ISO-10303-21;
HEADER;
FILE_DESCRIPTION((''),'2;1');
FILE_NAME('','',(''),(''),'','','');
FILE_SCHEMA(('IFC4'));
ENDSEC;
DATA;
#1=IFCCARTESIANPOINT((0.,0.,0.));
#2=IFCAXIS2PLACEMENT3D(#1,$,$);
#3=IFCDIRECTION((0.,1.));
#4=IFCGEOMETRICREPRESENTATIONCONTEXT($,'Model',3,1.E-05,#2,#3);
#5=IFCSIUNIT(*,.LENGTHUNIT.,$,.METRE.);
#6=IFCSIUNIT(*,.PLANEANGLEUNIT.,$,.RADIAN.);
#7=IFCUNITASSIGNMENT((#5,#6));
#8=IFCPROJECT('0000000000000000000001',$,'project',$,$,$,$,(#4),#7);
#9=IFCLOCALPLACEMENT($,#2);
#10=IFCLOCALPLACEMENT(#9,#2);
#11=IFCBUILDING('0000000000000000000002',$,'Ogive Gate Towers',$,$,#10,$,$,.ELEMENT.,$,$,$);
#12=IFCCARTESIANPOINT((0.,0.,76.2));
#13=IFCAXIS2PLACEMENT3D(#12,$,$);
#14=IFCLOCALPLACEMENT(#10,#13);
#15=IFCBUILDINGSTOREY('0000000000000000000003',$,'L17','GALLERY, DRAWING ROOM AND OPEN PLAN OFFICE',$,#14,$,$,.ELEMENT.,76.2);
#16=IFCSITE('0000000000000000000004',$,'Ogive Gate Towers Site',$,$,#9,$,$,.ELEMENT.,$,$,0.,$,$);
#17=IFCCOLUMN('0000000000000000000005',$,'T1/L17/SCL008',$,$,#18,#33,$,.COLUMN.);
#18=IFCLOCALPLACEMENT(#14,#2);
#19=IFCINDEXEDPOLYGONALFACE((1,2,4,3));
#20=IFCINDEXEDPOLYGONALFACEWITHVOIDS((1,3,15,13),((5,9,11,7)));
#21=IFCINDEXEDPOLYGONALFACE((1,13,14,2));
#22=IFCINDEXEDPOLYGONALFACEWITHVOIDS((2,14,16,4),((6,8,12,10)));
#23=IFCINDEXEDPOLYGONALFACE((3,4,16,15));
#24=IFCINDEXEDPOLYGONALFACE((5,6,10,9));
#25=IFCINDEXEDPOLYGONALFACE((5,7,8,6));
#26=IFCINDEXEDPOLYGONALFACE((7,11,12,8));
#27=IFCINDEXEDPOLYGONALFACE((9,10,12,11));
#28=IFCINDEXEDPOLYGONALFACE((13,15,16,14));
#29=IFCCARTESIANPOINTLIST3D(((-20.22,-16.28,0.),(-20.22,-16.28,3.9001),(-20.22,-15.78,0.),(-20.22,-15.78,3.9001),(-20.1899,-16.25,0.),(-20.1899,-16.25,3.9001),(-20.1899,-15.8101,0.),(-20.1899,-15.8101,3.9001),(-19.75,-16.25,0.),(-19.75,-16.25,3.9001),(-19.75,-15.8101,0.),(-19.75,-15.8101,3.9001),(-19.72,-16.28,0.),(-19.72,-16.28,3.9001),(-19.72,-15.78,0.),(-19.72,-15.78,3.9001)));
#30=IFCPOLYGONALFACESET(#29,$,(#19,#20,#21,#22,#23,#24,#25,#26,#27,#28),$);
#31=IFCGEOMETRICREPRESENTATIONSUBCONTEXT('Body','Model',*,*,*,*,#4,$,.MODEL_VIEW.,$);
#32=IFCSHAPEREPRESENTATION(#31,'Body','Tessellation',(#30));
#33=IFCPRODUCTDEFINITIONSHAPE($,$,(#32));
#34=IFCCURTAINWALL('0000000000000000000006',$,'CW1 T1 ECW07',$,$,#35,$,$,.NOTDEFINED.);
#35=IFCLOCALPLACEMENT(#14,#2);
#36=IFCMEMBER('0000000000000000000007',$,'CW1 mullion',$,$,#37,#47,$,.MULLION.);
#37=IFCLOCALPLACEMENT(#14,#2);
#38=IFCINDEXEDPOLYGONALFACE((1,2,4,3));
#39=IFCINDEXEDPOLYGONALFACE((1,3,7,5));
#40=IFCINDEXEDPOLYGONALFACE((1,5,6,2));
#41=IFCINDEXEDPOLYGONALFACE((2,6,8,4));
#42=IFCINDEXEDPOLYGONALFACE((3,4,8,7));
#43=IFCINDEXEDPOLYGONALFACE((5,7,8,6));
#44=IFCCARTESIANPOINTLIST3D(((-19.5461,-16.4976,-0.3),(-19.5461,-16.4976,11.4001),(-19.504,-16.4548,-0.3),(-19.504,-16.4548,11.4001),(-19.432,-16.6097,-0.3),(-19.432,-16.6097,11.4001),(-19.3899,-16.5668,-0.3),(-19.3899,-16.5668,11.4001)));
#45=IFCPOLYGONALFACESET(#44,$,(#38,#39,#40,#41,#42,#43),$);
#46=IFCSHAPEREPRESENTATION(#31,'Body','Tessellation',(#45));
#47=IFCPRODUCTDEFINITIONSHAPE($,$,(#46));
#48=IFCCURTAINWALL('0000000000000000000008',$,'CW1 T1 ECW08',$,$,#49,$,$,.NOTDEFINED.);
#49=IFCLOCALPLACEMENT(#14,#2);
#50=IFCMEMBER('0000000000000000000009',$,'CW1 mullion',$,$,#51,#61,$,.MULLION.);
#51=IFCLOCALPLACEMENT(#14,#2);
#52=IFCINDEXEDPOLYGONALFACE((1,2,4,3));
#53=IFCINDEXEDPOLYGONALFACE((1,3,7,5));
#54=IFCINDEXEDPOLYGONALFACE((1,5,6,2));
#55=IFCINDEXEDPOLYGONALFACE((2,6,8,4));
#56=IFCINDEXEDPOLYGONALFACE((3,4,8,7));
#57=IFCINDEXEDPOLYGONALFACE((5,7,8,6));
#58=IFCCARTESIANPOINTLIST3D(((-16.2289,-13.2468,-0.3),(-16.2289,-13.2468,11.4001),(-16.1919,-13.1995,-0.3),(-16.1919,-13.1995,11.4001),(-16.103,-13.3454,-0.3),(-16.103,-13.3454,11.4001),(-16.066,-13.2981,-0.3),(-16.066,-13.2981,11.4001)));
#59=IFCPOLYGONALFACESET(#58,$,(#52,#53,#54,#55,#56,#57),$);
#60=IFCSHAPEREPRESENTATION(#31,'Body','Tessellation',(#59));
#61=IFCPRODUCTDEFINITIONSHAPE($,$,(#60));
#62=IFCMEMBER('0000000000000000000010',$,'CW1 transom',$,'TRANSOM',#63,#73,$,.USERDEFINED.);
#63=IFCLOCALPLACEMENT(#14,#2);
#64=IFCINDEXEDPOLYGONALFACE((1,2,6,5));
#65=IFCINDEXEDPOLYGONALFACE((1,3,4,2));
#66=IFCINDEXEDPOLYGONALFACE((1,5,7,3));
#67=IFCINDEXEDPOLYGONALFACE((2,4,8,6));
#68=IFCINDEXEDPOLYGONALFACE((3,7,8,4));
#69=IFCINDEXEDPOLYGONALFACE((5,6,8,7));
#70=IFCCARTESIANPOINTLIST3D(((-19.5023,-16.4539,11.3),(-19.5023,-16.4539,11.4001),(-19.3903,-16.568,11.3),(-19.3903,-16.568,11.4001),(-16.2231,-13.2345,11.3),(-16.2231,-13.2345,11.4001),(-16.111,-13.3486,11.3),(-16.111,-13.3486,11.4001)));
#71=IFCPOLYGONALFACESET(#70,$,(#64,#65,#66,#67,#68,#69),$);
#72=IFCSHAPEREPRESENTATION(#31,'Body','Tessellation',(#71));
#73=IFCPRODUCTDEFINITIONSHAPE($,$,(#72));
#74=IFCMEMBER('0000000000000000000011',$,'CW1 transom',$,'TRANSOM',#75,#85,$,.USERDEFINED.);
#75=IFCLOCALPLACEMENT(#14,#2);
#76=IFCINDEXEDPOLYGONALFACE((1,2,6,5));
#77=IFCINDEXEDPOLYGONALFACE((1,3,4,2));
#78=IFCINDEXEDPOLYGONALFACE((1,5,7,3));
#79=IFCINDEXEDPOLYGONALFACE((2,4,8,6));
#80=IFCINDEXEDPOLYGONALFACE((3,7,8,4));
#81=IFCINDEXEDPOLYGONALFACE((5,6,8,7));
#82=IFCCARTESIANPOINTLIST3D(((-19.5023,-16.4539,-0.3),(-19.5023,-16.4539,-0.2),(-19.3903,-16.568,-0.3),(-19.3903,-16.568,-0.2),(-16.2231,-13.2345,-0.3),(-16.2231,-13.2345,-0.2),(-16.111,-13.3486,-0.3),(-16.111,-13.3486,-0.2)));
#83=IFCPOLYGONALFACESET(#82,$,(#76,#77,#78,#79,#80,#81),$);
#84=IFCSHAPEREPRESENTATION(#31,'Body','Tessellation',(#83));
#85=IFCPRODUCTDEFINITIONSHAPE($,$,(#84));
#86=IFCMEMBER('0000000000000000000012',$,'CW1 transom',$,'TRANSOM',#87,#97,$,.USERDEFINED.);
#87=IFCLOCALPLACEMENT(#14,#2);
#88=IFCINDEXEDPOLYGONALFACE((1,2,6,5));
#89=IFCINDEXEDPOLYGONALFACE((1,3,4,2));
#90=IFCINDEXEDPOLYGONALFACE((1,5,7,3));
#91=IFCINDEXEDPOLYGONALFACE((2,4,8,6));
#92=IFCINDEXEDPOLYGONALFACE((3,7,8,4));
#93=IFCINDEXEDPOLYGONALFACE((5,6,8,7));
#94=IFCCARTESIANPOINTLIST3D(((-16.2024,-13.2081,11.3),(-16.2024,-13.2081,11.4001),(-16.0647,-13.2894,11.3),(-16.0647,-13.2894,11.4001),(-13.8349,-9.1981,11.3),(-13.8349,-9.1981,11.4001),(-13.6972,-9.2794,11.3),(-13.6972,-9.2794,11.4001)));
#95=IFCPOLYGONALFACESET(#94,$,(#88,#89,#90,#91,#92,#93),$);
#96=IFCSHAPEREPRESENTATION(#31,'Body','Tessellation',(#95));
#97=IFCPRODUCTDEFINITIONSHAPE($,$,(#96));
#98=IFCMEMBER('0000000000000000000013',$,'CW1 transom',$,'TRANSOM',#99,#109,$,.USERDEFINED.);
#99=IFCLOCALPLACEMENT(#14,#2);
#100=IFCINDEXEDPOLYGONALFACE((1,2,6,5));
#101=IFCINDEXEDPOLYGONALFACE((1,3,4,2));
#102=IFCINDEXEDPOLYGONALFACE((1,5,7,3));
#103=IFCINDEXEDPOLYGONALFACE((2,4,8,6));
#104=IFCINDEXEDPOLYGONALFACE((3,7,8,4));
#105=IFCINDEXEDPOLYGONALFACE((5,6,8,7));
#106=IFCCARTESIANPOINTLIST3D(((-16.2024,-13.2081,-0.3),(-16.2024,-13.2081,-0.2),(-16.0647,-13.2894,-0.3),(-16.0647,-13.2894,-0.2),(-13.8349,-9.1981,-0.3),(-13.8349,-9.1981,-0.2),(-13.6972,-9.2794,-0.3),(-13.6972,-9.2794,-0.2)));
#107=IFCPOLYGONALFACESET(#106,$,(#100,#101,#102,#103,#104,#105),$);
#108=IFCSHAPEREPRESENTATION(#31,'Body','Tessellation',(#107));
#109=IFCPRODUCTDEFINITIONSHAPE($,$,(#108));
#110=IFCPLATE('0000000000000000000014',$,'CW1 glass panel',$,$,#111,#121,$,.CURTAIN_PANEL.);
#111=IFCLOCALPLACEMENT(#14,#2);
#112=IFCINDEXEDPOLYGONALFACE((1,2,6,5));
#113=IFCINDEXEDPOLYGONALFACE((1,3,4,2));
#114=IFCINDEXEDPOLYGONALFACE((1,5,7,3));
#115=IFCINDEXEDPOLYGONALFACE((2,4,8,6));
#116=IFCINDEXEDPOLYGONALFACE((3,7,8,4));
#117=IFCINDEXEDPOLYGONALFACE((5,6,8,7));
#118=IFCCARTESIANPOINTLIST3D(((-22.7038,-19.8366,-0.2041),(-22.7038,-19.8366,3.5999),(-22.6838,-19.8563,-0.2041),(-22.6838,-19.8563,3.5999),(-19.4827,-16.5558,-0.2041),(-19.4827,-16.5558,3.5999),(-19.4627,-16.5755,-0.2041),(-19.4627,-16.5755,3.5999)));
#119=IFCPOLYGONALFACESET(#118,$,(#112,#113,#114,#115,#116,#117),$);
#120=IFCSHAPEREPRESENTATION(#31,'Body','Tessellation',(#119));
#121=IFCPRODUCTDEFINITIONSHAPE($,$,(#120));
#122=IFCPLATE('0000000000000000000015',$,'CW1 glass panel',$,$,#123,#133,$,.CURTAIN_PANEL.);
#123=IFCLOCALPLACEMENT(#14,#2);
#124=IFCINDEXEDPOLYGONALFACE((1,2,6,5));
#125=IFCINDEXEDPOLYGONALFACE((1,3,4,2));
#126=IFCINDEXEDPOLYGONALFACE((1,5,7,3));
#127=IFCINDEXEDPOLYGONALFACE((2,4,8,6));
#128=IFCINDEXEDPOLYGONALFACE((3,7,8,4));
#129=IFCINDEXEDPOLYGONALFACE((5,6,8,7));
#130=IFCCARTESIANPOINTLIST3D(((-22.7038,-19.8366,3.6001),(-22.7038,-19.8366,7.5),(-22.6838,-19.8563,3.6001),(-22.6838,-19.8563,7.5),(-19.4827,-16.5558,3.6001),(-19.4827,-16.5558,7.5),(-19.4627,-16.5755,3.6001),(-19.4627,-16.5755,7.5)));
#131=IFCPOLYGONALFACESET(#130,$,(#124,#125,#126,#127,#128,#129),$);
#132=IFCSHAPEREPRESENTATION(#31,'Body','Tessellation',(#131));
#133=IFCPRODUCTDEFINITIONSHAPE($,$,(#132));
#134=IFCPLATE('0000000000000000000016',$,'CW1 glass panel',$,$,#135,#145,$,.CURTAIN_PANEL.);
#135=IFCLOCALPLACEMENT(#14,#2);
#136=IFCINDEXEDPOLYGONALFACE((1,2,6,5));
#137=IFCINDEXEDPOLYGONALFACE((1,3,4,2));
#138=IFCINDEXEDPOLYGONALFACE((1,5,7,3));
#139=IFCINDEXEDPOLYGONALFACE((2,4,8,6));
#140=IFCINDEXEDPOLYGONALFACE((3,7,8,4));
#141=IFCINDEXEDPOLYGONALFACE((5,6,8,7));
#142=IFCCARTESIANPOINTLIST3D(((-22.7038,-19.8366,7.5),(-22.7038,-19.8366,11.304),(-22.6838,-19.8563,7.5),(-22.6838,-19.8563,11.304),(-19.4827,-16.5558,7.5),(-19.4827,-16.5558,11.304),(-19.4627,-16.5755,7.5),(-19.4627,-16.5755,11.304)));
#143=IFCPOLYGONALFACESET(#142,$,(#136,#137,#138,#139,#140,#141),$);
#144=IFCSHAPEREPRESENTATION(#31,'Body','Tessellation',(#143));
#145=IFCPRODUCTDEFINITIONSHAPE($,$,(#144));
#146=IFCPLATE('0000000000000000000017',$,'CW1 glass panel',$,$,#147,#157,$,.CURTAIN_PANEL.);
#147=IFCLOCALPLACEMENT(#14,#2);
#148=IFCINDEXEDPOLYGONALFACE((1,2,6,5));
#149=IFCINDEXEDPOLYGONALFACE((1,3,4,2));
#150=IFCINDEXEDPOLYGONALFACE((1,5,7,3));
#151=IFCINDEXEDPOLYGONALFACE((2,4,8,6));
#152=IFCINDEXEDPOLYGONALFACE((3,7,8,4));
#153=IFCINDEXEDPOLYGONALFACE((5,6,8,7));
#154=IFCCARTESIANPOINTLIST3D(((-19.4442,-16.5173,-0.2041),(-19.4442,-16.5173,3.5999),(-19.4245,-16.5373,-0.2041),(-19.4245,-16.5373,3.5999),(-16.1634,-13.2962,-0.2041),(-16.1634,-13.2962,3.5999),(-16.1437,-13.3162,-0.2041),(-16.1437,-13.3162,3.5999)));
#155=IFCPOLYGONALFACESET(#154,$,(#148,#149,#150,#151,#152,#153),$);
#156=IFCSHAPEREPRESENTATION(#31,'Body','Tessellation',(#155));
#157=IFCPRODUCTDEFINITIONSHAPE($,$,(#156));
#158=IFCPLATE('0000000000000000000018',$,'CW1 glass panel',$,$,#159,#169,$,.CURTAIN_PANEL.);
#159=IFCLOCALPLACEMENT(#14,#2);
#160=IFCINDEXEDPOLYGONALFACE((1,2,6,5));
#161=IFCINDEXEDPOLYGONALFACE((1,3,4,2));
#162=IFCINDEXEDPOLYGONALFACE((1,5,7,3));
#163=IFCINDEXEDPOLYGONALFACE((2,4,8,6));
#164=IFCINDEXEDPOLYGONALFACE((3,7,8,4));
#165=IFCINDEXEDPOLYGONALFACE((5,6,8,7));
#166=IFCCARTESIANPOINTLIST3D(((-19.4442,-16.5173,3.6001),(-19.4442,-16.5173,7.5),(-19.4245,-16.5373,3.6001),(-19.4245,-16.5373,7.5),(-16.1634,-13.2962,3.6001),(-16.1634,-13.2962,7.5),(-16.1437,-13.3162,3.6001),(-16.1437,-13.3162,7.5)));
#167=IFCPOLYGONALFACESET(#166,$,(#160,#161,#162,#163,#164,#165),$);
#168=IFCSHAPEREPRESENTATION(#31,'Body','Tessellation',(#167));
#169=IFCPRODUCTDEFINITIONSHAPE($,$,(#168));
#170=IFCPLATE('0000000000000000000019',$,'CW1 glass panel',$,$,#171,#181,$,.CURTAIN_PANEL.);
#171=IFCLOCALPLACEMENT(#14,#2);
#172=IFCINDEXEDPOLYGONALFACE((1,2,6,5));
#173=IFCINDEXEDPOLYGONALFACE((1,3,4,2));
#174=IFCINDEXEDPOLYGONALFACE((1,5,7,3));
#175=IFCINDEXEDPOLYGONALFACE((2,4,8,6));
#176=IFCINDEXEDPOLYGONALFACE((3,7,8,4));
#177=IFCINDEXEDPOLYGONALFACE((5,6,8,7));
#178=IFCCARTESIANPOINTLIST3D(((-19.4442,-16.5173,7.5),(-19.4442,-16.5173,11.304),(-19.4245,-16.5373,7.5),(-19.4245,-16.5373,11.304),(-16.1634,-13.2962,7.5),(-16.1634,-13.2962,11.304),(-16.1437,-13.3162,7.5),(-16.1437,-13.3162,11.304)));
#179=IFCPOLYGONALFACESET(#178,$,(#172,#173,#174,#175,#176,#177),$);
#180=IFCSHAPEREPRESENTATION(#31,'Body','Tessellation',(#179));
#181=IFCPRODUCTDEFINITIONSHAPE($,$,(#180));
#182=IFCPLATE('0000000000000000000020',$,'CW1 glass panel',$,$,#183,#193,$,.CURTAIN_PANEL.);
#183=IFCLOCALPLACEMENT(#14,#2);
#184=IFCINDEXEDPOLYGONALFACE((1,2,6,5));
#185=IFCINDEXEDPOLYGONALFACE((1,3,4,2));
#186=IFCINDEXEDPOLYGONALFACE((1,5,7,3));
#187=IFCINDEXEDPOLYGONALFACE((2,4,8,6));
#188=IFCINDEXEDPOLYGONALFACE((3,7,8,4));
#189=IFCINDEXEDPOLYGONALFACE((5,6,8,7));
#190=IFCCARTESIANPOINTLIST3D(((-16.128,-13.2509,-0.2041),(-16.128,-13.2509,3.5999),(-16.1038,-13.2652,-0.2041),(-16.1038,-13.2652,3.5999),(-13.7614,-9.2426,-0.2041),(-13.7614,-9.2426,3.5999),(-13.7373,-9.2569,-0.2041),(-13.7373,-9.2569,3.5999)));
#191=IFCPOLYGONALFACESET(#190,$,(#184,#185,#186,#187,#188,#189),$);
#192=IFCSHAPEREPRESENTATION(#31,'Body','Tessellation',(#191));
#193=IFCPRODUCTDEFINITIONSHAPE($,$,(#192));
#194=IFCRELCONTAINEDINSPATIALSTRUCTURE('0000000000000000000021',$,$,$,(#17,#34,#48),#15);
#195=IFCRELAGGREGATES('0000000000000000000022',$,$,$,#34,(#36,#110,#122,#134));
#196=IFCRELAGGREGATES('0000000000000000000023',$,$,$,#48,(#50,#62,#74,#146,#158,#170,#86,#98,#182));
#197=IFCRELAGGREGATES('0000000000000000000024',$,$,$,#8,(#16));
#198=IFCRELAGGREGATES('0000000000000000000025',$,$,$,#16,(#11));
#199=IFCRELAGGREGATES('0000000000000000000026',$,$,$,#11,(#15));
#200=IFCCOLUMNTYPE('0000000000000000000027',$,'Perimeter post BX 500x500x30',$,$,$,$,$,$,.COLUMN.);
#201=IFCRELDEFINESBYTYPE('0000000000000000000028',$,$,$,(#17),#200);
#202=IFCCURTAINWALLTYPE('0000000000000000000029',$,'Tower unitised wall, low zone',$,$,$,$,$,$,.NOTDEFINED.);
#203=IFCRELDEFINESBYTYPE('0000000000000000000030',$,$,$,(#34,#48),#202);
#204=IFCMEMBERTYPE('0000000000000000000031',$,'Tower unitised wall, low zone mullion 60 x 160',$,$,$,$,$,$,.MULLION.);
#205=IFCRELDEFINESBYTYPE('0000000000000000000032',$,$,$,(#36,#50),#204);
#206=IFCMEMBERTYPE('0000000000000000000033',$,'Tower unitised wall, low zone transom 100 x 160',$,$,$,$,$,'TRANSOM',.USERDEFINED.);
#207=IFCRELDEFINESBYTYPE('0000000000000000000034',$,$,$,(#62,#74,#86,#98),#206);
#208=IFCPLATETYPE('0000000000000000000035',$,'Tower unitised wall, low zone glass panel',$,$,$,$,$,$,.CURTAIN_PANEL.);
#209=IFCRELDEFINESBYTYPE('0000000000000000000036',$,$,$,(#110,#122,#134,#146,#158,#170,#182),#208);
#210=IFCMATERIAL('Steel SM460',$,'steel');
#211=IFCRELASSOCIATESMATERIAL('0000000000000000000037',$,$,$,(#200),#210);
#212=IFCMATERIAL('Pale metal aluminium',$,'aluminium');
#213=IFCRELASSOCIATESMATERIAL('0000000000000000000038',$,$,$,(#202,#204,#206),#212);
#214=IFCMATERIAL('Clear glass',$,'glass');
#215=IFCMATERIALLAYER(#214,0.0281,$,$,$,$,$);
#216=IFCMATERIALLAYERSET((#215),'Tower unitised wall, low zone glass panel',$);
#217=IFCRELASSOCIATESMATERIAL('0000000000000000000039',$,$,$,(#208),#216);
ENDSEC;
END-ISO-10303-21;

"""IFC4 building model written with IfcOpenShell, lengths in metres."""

from ifc_helpers import new_model, si_unit, direction, frame, origin, origin_2d, place, context, subcontext, project, spatial, rectangle, hollow_rectangle, extrude, material, layer, layer_set, material_profile, profile_set, type_object, element, aggregate, save


model = new_model("IFC4")

# Units and contexts
model_context = context("Model", 3, precision=1e-05, world=origin(), true_north=direction((0.0, 1.0)))
body_context = subcontext(model_context, "Body", "Model", "MODEL_VIEW")
ifc_project = project(units=[si_unit("LENGTHUNIT", "METRE"), si_unit("PLANEANGLEUNIT", "RADIAN")], contexts=[model_context])

# Site, building, storey
site_placement = place(None, origin())
site = spatial("IfcSite", under=ifc_project, at=site_placement, Name="Ogive Gate Towers Site", CompositionType="ELEMENT", RefElevation=0.0)
building_placement = place(site_placement, origin())
building = spatial("IfcBuilding", under=site, at=building_placement, Name="Ogive Gate Towers", CompositionType="ELEMENT")
storey_placement = place(building_placement, frame((0.0, 0.0, 76.2)))
storey = spatial("IfcBuildingStorey", under=building, at=storey_placement, Name="L17", Description="GALLERY, DRAWING ROOM AND OPEN PLAN OFFICE", CompositionType="ELEMENT", Elevation=76.2)

# Column
ifc_material_1 = material(Name="Steel SM460", Category="steel")
ifc_material_profile_1 = material_profile(ifc_material_1, hollow_rectangle(XDim=0.5, YDim=0.5, WallThickness=0.03, at=origin_2d()), Name="BX 500x500x30")
ifc_profile_set_1 = profile_set([ifc_material_profile_1], Name="Steel SM460")
column_type = type_object("IfcColumnType", Name="Perimeter post BX 500x500x30", PredefinedType="COLUMN", material=ifc_profile_set_1)
column_placement = place(storey_placement, frame((-19.97, -16.03, 0.0), z_axis=(0.0, 0.0, 1.0), x_axis=(1.0, 0.0, 0.0)))
element("IfcColumn", 1, at=column_placement, inside=storey, type_object=column_type, Name="T1/L17/SCL008", PredefinedType="COLUMN", context=body_context, shape_type="SweptSolid", body=[
    extrude(hollow_rectangle(XDim=0.5, YDim=0.5, WallThickness=0.03, at=origin_2d()), origin(), (0.0, 0.0, 1.0), 3.9001),
])

# Curtain wall, member
ifc_material_2 = material(Name="Pale metal aluminium", Category="aluminium")
curtain_wall_type = type_object("IfcCurtainWallType", Name="Tower unitised wall, low zone", PredefinedType="NOTDEFINED", material=ifc_material_2)
curtain_wall_1_placement = place(storey_placement, origin())
curtain_wall_1 = element("IfcCurtainWall", 2, at=curtain_wall_1_placement, inside=storey, type_object=curtain_wall_type, Name="CW1 T1 ECW07", PredefinedType="NOTDEFINED")
ifc_material_profile_2 = material_profile(ifc_material_2, rectangle(XDim=0.1599, YDim=0.0601, at=origin_2d()), Name="60 x 160 aluminium box")
ifc_profile_set_2 = profile_set([ifc_material_profile_2], Name="Pale metal aluminium")
member_type_1 = type_object("IfcMemberType", Name="Tower unitised wall, low zone mullion 60 x 160", PredefinedType="MULLION", material=ifc_profile_set_2)
member_1_placement = place(storey_placement, frame((-19.468, -16.5322, -0.3), z_axis=(0.0, 0.0, 1.0), x_axis=(0.713568, -0.700586, 0.0)))
member_1 = element("IfcMember", 3, at=member_1_placement, type_object=member_type_1, Name="CW1 mullion", PredefinedType="MULLION", context=body_context, shape_type="SweptSolid", body=[
    extrude(rectangle(XDim=0.1599, YDim=0.0601, at=origin_2d()), origin(), (0.0, 0.0, 1.0), 11.7002),
])

# Curtain wall, members
curtain_wall_2_placement = place(storey_placement, origin())
curtain_wall_2 = element("IfcCurtainWall", 4, at=curtain_wall_2_placement, inside=storey, type_object=curtain_wall_type, Name="CW1 T1 ECW08", PredefinedType="NOTDEFINED")
member_2_placement = place(storey_placement, frame((-16.1475, -13.2725, -0.3), z_axis=(0.0, 0.0, 1.0), x_axis=(0.787559, -0.616239, 0.0)))
member_2 = element("IfcMember", 5, at=member_2_placement, type_object=member_type_1, Name="CW1 mullion", PredefinedType="MULLION", context=body_context, shape_type="SweptSolid", body=[
    extrude(rectangle(XDim=0.1599, YDim=0.0601, at=origin_2d()), origin(), (0.0, 0.0, 1.0), 11.7002),
])
ifc_material_profile_3 = material_profile(ifc_material_2, rectangle(XDim=0.1599, YDim=0.1001, at=origin_2d()), Name="100 x 160 aluminium box")
ifc_profile_set_3 = profile_set([ifc_material_profile_3], Name="Pale metal aluminium")
member_type_2 = type_object("IfcMemberType", Name="Tower unitised wall, low zone transom 100 x 160", ElementType="TRANSOM", PredefinedType="USERDEFINED", material=ifc_profile_set_3)
member_3_placement = place(storey_placement, frame((-19.4463, -16.511, 11.3501), z_axis=(0.713585, 0.700569, 0.0), x_axis=(-0.700569, 0.713585, 0.0)))
member_3 = element("IfcMember", 6, at=member_3_placement, type_object=member_type_2, Name="CW1 transom", ObjectType="TRANSOM", PredefinedType="USERDEFINED", context=body_context, shape_type="SweptSolid", body=[
    extrude(rectangle(XDim=0.1599, YDim=0.1001, at=origin_2d()), origin(), (0.0, 0.0, 1.0), 4.5955),
])
member_4_placement = place(storey_placement, frame((-19.4463, -16.511, -0.25), z_axis=(0.713585, 0.700569, 0.0), x_axis=(-0.700569, 0.713585, 0.0)))
member_4 = element("IfcMember", 7, at=member_4_placement, type_object=member_type_2, Name="CW1 transom", ObjectType="TRANSOM", PredefinedType="USERDEFINED", context=body_context, shape_type="SweptSolid", body=[
    extrude(rectangle(XDim=0.1599, YDim=0.1001, at=origin_2d()), origin(), (0.0, 0.0, 1.0), 4.5955),
])
member_5_placement = place(storey_placement, frame((-16.1335, -13.2488, 11.3501), z_axis=(0.508392, 0.861126, 0.0), x_axis=(-0.861126, 0.508392, 0.0)))
member_5 = element("IfcMember", 8, at=member_5_placement, type_object=member_type_2, Name="CW1 transom", ObjectType="TRANSOM", PredefinedType="USERDEFINED", context=body_context, shape_type="SweptSolid", body=[
    extrude(rectangle(XDim=0.1599, YDim=0.1001, at=origin_2d()), origin(), (0.0, 0.0, 1.0), 4.6567),
])
member_6_placement = place(storey_placement, frame((-16.1335, -13.2488, -0.25), z_axis=(0.508392, 0.861126, 0.0), x_axis=(-0.861126, 0.508392, 0.0)))
member_6 = element("IfcMember", 9, at=member_6_placement, type_object=member_type_2, Name="CW1 transom", ObjectType="TRANSOM", PredefinedType="USERDEFINED", context=body_context, shape_type="SweptSolid", body=[
    extrude(rectangle(XDim=0.1599, YDim=0.1001, at=origin_2d()), origin(), (0.0, 0.0, 1.0), 4.6567),
])

# Plates
ifc_material_3 = material(Name="Clear glass", Category="glass")
ifc_layer = layer(ifc_material_3, 0.0281)
ifc_layer_set = layer_set([ifc_layer], Name="Tower unitised wall, low zone glass panel")
plate_type = type_object("IfcPlateType", Name="Tower unitised wall, low zone glass panel", PredefinedType="CURTAIN_PANEL", material=ifc_layer_set)
plate_1_placement = place(storey_placement, frame((-21.0833, -18.2061, -0.2041), z_axis=(0.0, 0.0, 1.0), x_axis=(0.700586, 0.713568, 0.0)))
plate_1 = element("IfcPlate", 10, at=plate_1_placement, type_object=plate_type, Name="CW1 glass panel", PredefinedType="CURTAIN_PANEL", context=body_context, shape_type="SweptSolid", body=[
    extrude(rectangle(XDim=4.5977, YDim=0.0281, at=origin_2d()), origin(), (0.0, 0.0, 1.0), 3.804),
])
plate_2_placement = place(storey_placement, frame((-21.0833, -18.2061, 3.6001), z_axis=(0.0, 0.0, 1.0), x_axis=(0.700586, 0.713568, 0.0)))
plate_2 = element("IfcPlate", 11, at=plate_2_placement, type_object=plate_type, Name="CW1 glass panel", PredefinedType="CURTAIN_PANEL", context=body_context, shape_type="SweptSolid", body=[
    extrude(rectangle(XDim=4.5977, YDim=0.0281, at=origin_2d()), origin(), (0.0, 0.0, 1.0), 3.8999),
])
plate_3_placement = place(storey_placement, frame((-21.0833, -18.2061, 7.5), z_axis=(0.0, 0.0, 1.0), x_axis=(0.700586, 0.713568, 0.0)))
plate_3 = element("IfcPlate", 12, at=plate_3_placement, type_object=plate_type, Name="CW1 glass panel", PredefinedType="CURTAIN_PANEL", context=body_context, shape_type="SweptSolid", body=[
    extrude(rectangle(XDim=4.5977, YDim=0.0281, at=origin_2d()), origin(), (0.0, 0.0, 1.0), 3.804),
])
aggregate(curtain_wall_1, [member_1, plate_1, plate_2, plate_3])
plate_4_placement = place(storey_placement, frame((-17.7939, -14.9167, -0.2041), z_axis=(0.0, 0.0, 1.0), x_axis=(0.713568, 0.700586, 0.0)))
plate_4 = element("IfcPlate", 13, at=plate_4_placement, type_object=plate_type, Name="CW1 glass panel", PredefinedType="CURTAIN_PANEL", context=body_context, shape_type="SweptSolid", body=[
    extrude(rectangle(XDim=4.5977, YDim=0.0281, at=origin_2d()), origin(), (0.0, 0.0, 1.0), 3.804),
])
plate_5_placement = place(storey_placement, frame((-17.7939, -14.9167, 3.6001), z_axis=(0.0, 0.0, 1.0), x_axis=(0.713568, 0.700586, 0.0)))
plate_5 = element("IfcPlate", 14, at=plate_5_placement, type_object=plate_type, Name="CW1 glass panel", PredefinedType="CURTAIN_PANEL", context=body_context, shape_type="SweptSolid", body=[
    extrude(rectangle(XDim=4.5977, YDim=0.0281, at=origin_2d()), origin(), (0.0, 0.0, 1.0), 3.8999),
])
plate_6_placement = place(storey_placement, frame((-17.7939, -14.9167, 7.5), z_axis=(0.0, 0.0, 1.0), x_axis=(0.713568, 0.700586, 0.0)))
plate_6 = element("IfcPlate", 15, at=plate_6_placement, type_object=plate_type, Name="CW1 glass panel", PredefinedType="CURTAIN_PANEL", context=body_context, shape_type="SweptSolid", body=[
    extrude(rectangle(XDim=4.5977, YDim=0.0281, at=origin_2d()), origin(), (0.0, 0.0, 1.0), 3.804),
])
plate_7_placement = place(storey_placement, frame((-14.9326, -11.2539, -0.2041), z_axis=(0.0, 0.0, 1.0), x_axis=(0.50841, 0.861115, 0.0)))
plate_7 = element("IfcPlate", 16, at=plate_7_placement, type_object=plate_type, Name="CW1 glass panel", PredefinedType="CURTAIN_PANEL", context=body_context, shape_type="SweptSolid", body=[
    extrude(rectangle(XDim=4.6548, YDim=0.0281, at=origin_2d()), origin(), (0.0, 0.0, 1.0), 3.804),
])
aggregate(curtain_wall_2, [member_2, member_3, member_4, plate_4, plate_5, plate_6, member_5, member_6, plate_7])

save(model, "model.ifc")
